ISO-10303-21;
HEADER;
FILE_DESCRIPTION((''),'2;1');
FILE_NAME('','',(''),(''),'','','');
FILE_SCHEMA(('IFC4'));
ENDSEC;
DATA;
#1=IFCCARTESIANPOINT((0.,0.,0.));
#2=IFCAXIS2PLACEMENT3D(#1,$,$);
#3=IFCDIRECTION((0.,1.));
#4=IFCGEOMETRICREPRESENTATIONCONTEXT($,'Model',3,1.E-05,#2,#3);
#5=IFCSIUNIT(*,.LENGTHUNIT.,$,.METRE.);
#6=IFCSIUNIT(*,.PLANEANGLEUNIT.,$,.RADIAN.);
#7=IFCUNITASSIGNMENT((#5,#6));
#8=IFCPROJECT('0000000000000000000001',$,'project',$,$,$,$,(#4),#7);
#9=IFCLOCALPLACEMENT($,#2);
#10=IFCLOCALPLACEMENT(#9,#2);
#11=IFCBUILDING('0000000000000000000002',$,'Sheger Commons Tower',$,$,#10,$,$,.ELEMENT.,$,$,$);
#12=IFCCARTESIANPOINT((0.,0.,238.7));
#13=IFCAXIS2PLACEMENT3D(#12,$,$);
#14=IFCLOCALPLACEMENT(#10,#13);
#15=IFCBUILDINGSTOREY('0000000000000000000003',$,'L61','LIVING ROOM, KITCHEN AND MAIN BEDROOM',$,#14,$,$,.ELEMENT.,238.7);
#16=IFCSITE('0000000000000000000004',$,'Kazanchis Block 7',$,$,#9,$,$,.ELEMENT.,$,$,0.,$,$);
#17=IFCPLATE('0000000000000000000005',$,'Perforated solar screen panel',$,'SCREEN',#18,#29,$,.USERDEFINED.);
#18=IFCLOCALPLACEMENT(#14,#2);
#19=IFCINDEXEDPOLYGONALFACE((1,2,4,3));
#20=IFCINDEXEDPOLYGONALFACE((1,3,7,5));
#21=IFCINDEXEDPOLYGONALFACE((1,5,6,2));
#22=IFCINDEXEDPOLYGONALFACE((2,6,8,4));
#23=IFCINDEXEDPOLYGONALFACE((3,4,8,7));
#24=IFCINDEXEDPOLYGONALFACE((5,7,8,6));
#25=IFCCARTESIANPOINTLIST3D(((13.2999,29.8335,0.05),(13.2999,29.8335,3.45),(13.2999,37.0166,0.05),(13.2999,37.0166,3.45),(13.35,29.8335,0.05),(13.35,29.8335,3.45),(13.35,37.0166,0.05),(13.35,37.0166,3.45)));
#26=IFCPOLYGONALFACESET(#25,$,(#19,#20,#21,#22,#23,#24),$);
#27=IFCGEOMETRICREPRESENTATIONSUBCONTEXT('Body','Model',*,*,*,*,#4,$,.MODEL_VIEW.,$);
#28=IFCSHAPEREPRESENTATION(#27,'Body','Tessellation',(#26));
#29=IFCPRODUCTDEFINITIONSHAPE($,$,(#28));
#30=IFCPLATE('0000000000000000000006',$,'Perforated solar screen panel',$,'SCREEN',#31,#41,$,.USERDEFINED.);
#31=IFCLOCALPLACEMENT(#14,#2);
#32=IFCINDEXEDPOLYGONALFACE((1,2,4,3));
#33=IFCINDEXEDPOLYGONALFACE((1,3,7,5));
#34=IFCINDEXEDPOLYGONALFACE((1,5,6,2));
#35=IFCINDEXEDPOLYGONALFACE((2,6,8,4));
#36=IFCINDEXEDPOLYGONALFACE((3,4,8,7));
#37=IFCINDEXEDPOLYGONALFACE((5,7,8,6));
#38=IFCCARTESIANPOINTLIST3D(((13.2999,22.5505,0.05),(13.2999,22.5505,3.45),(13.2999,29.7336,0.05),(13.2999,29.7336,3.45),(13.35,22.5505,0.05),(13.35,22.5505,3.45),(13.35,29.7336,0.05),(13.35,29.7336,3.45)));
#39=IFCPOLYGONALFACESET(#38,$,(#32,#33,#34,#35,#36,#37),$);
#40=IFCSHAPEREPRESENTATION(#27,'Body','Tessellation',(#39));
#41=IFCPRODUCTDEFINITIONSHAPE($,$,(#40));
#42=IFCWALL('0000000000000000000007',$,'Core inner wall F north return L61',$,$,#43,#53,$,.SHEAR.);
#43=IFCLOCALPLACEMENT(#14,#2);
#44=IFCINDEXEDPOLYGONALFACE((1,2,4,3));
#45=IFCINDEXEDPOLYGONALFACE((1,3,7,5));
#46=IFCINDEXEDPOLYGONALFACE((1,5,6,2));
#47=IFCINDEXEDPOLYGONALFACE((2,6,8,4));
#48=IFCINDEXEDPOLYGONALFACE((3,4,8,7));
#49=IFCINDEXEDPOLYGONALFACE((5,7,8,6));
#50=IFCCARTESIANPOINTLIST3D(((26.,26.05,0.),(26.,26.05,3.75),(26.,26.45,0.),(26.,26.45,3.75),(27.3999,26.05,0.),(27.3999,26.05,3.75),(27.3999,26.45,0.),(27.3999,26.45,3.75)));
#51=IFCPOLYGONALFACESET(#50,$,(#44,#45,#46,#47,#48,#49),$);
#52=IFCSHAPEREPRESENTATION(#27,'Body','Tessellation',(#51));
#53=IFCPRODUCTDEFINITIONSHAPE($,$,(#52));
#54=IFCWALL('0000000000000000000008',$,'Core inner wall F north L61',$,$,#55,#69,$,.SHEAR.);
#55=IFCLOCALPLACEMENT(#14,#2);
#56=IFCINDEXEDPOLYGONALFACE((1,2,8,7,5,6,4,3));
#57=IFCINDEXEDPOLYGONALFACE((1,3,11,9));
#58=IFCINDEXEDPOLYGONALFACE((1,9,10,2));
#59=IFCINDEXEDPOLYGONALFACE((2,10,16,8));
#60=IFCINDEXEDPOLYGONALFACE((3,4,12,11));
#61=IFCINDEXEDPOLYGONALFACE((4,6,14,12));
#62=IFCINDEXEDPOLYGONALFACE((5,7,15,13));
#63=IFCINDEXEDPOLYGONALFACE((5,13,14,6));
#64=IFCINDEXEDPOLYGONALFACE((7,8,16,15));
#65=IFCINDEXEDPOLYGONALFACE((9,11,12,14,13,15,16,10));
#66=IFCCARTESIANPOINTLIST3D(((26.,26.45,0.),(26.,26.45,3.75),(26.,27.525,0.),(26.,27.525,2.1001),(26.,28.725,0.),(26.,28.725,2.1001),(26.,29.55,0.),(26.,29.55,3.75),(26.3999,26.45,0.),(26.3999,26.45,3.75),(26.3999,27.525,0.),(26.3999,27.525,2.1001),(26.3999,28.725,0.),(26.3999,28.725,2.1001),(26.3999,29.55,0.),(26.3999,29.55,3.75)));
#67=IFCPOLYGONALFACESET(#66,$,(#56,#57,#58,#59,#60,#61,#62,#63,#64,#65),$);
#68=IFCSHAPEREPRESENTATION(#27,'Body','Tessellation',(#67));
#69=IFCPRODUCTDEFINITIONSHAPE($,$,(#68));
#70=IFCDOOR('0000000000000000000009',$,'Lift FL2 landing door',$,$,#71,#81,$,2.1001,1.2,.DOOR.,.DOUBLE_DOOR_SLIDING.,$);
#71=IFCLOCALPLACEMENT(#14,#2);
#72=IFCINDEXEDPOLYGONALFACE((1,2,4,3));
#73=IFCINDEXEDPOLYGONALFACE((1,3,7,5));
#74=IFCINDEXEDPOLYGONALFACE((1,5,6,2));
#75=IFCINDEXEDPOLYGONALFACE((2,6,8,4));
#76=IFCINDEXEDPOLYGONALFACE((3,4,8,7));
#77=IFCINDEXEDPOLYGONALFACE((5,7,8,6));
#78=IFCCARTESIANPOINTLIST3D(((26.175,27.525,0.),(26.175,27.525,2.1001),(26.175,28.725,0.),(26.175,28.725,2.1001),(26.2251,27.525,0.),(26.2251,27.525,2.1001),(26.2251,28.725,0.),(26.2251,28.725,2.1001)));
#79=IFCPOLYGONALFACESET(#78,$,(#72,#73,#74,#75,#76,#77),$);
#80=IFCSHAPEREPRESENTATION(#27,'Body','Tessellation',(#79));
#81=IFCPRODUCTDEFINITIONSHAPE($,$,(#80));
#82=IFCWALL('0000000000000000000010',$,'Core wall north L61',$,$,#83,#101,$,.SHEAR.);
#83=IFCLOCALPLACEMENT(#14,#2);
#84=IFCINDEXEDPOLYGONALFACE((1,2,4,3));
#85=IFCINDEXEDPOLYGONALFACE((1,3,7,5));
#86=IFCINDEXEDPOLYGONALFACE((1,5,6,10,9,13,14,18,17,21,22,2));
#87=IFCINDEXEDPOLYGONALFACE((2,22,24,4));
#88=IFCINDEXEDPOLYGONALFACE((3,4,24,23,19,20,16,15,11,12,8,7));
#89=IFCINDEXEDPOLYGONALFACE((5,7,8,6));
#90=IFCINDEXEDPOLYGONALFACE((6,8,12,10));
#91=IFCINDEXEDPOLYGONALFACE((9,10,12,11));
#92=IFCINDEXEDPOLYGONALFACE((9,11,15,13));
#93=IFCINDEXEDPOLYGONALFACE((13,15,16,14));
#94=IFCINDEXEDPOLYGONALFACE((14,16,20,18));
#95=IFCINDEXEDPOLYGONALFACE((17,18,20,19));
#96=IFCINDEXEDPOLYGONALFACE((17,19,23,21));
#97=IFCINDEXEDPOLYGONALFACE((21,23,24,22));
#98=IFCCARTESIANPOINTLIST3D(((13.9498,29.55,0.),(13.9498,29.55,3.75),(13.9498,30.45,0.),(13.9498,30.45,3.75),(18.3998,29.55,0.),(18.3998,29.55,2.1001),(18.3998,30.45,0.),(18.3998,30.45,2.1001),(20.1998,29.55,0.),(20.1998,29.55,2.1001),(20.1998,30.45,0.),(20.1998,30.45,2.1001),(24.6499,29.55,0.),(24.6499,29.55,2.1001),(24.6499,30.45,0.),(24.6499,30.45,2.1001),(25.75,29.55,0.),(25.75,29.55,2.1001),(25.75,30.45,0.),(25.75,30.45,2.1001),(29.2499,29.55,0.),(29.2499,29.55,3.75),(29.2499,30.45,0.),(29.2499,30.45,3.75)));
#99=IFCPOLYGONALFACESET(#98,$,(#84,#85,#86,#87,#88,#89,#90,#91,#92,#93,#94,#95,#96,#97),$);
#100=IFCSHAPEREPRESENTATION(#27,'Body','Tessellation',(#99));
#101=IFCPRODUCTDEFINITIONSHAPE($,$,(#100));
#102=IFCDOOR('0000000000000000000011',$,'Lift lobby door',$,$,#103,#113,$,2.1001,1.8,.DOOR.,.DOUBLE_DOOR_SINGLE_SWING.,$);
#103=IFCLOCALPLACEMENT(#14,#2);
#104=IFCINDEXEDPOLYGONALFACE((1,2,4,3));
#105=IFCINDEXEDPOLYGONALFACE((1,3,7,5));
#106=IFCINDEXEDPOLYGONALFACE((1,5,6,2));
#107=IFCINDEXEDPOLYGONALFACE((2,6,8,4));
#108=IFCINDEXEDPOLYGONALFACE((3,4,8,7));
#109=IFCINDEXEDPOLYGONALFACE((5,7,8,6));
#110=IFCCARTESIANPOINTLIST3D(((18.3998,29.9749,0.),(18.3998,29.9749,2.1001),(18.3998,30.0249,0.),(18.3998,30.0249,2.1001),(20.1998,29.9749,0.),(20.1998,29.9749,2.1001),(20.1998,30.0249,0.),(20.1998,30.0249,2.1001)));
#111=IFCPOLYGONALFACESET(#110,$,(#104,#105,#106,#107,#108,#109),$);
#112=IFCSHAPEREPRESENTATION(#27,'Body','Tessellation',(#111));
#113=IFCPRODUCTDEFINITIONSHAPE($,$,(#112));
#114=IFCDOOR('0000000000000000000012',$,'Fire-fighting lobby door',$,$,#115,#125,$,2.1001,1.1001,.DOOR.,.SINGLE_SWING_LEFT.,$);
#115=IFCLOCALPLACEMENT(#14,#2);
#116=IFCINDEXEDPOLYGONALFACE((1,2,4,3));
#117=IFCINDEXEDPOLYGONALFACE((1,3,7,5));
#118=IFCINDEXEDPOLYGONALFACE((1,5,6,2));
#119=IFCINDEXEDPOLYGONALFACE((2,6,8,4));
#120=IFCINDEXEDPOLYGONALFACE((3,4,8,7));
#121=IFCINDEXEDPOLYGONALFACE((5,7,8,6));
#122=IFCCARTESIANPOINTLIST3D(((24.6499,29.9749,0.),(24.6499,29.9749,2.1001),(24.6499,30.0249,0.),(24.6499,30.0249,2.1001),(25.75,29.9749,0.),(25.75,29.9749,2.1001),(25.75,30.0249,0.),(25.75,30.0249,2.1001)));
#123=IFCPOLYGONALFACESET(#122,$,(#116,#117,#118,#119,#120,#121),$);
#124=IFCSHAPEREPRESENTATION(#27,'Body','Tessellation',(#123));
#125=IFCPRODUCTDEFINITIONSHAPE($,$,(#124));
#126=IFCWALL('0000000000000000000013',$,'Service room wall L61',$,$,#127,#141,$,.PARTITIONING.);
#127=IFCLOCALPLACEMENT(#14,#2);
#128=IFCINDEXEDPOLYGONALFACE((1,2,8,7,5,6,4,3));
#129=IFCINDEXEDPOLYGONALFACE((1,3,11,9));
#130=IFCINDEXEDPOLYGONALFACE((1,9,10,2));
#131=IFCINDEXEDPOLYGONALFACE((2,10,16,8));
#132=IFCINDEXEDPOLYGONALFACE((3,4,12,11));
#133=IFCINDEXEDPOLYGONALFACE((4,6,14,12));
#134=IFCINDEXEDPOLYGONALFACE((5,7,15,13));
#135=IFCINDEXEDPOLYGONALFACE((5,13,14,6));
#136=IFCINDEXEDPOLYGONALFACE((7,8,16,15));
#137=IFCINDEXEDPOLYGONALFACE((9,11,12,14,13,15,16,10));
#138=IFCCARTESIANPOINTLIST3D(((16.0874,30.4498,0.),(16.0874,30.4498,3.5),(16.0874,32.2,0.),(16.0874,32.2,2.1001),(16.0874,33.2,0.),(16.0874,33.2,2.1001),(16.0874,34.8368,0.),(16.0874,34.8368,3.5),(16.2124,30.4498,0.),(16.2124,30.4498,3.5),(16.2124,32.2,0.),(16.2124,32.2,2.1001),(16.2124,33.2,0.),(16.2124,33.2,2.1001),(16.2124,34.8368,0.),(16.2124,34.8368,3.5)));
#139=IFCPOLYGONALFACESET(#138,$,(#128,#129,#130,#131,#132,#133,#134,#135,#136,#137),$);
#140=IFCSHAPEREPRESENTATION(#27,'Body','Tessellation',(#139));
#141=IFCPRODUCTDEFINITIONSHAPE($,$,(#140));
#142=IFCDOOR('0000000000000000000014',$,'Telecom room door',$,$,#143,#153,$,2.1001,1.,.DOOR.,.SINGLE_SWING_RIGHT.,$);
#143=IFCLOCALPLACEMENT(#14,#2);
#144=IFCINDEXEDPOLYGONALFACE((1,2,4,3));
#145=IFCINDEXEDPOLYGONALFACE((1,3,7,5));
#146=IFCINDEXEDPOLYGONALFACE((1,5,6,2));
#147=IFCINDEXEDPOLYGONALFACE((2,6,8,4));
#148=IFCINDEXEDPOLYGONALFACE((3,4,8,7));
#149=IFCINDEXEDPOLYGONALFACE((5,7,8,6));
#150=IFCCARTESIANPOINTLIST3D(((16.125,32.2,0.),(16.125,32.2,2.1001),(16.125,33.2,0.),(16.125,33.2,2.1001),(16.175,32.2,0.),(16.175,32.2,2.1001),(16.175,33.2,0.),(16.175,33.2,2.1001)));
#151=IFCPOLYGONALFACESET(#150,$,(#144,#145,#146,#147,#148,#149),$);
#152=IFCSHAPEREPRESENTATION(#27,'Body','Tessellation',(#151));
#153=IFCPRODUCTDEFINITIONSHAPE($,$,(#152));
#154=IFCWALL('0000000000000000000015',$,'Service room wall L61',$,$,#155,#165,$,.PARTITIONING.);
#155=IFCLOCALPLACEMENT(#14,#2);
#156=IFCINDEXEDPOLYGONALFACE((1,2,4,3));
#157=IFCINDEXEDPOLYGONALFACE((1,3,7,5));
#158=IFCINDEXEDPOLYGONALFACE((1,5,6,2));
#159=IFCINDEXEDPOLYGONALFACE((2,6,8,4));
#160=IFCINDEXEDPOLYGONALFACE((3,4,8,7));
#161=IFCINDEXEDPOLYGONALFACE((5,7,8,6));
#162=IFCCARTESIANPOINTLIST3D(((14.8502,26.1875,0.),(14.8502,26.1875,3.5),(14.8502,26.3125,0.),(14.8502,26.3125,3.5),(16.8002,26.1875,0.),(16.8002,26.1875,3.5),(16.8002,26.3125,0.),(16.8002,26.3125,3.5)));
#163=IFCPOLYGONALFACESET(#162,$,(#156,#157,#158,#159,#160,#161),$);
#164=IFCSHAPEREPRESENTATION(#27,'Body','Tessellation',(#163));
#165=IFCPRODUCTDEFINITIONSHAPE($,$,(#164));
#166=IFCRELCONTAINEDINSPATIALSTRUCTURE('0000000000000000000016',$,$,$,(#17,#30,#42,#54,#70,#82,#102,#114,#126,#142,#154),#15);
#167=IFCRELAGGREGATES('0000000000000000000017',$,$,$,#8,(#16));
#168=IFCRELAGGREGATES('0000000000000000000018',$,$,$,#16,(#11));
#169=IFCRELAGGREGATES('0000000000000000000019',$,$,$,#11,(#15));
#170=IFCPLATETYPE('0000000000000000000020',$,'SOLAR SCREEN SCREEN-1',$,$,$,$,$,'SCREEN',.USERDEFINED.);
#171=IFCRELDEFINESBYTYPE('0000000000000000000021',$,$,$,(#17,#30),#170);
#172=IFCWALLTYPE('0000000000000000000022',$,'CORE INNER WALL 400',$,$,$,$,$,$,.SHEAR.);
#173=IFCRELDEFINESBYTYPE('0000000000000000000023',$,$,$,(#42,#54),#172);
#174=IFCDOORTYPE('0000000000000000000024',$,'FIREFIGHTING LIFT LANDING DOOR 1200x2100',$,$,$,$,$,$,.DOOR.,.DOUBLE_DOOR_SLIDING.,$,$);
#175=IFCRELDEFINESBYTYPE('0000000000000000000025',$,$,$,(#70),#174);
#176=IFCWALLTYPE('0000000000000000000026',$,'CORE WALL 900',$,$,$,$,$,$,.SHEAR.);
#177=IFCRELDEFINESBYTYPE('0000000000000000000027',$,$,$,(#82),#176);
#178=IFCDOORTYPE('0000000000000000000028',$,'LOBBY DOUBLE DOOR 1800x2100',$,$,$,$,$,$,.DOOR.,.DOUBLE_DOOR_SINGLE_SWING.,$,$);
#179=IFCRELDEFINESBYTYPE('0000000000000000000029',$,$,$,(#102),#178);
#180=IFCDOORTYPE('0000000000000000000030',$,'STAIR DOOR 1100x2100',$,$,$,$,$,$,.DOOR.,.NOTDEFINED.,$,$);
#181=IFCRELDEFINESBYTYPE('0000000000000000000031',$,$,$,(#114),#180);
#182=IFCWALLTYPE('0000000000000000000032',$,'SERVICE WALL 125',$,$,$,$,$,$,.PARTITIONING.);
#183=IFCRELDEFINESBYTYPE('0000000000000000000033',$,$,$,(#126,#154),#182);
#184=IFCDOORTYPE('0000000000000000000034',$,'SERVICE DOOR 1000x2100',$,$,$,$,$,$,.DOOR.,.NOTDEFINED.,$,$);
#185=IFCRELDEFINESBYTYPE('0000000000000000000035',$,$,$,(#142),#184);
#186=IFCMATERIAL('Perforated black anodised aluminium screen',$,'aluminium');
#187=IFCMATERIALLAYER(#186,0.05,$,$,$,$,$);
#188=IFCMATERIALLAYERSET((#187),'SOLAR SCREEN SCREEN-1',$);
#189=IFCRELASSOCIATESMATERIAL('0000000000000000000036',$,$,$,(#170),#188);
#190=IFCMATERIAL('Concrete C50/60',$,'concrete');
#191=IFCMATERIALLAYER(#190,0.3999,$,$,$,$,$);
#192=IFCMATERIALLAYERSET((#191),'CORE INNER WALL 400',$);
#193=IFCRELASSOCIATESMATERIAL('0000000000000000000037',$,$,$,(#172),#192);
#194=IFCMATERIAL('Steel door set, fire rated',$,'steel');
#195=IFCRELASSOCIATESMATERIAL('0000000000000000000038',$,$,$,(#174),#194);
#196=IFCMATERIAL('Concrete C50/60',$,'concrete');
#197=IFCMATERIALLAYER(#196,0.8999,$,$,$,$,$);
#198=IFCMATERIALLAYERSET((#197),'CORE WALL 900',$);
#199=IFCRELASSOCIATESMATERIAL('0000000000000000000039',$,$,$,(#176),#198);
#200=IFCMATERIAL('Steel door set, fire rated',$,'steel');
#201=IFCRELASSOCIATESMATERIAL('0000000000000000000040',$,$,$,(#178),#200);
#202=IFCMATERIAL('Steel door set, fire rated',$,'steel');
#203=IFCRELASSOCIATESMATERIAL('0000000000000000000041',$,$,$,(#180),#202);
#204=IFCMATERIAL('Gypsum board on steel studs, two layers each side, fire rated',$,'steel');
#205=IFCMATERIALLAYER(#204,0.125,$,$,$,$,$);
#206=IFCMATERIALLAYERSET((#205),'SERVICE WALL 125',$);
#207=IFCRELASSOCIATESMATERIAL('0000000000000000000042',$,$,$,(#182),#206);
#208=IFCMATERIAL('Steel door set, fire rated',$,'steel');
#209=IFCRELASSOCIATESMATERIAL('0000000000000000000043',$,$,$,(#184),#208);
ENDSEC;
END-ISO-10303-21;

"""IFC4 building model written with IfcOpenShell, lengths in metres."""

from ifc_helpers import new_model, si_unit, direction, frame, frame_2d, origin, origin_2d, place, context, subcontext, project, spatial, rectangle, extrude, material, layer, layer_set, type_object, element, fill, save


model = new_model("IFC4")

# Units and contexts
model_context = context("Model", 3, precision=1e-05, world=origin(), true_north=direction((0.0, 1.0)))
body_context = subcontext(model_context, "Body", "Model", "MODEL_VIEW")
ifc_project = project(units=[si_unit("LENGTHUNIT", "METRE"), si_unit("PLANEANGLEUNIT", "RADIAN")], contexts=[model_context])

# Site, building, storey
site_placement = place(None, origin())
site = spatial("IfcSite", under=ifc_project, at=site_placement, Name="Kazanchis Block 7", CompositionType="ELEMENT", RefElevation=0.0)
building_placement = place(site_placement, origin())
building = spatial("IfcBuilding", under=site, at=building_placement, Name="Sheger Commons Tower", CompositionType="ELEMENT")
storey_placement = place(building_placement, frame((0.0, 0.0, 238.7)))
storey = spatial("IfcBuildingStorey", under=building, at=storey_placement, Name="L61", Description="LIVING ROOM, KITCHEN AND MAIN BEDROOM", CompositionType="ELEMENT", Elevation=238.7)

# Plates
ifc_material_1 = material(Name="Perforated black anodised aluminium screen", Category="aluminium")
ifc_layer_1 = layer(ifc_material_1, 0.05)
ifc_layer_set_1 = layer_set([ifc_layer_1], Name="SOLAR SCREEN SCREEN-1")
plate_type = type_object("IfcPlateType", Name="SOLAR SCREEN SCREEN-1", ElementType="SCREEN", PredefinedType="USERDEFINED", material=ifc_layer_set_1)
for number, where, z_axis, x_axis, name in (
    (1, (13.325, 33.425, 0.05), (0.0, 0.0, 1.0), (0.0, -1.0, 0.0), "Perforated solar screen panel"),
    (2, (13.325, 26.1421, 0.05), (0.0, 0.0, 1.0), (0.0, -1.0, 0.0), "Perforated solar screen panel"),
):
    element("IfcPlate", number, at=place(storey_placement, frame(where, z_axis=z_axis, x_axis=x_axis)), inside=storey, type_object=plate_type, Name=name, ObjectType="SCREEN", PredefinedType="USERDEFINED", context=body_context, shape_type="SweptSolid", body=[
        extrude(rectangle(XDim=7.1831, YDim=0.05, at=origin_2d()), origin(), (0.0, 0.0, 1.0), 3.3999),
    ])

# Wall
ifc_material_2 = material(Name="Concrete C50/60", Category="concrete")
ifc_layer_2 = layer(ifc_material_2, 0.3999)
ifc_layer_set_2 = layer_set([ifc_layer_2], Name="CORE INNER WALL 400")
wall_type_1 = type_object("IfcWallType", Name="CORE INNER WALL 400", PredefinedType="SHEAR", material=ifc_layer_set_2)
wall_1_placement = place(storey_placement, frame((26.0, 26.25, 0.0), z_axis=(0.0, 0.0, 1.0), x_axis=(1.0, 0.0, 0.0)))
element("IfcWall", 3, at=wall_1_placement, inside=storey, type_object=wall_type_1, Name="Core inner wall F north return L61", PredefinedType="SHEAR", context=body_context, shape_type="SweptSolid", body=[
    extrude(rectangle(XDim=1.3999, YDim=0.3999, at=frame_2d((0.7, 0.0))), origin(), (0.0, 0.0, 1.0), 3.75),
])

# Wall, opening, door
wall_2_placement = place(storey_placement, frame((26.2, 26.45, 0.0), z_axis=(0.0, 0.0, 1.0), x_axis=(0.0, 1.0, 0.0)))
wall_2 = element("IfcWall", 4, at=wall_2_placement, inside=storey, type_object=wall_type_1, Name="Core inner wall F north L61", PredefinedType="SHEAR", context=body_context, shape_type="SweptSolid", body=[
    extrude(rectangle(XDim=3.1001, YDim=0.3999, at=frame_2d((1.55, 0.0))), origin(), (0.0, 0.0, 1.0), 3.75),
])
opening_1_placement = place(wall_2_placement, frame((1.075, 0.0, 0.0)))
opening_1 = element("IfcOpeningElement", 5, at=opening_1_placement, cuts=wall_2, PredefinedType="OPENING", context=body_context, shape_type="SweptSolid", body=[
    extrude(rectangle(XDim=1.2, YDim=2.1001, at=frame_2d((0.6001, 1.05))), frame((0.0, 0.21, 0.0), z_axis=(0.0, -1.0, 0.0), x_axis=(1.0, 0.0, 0.0)), (0.0, 0.0, 1.0), 0.4199),
])
ifc_material_3 = material(Name="Steel door set, fire rated", Category="steel")
door_type_1 = type_object("IfcDoorType", Name="FIREFIGHTING LIFT LANDING DOOR 1200x2100", OperationType="DOUBLE_DOOR_SLIDING", PredefinedType="DOOR", material=ifc_material_3)
door_1_placement = place(opening_1_placement, origin())
door_1 = element("IfcDoor", 6, at=door_1_placement, inside=storey, type_object=door_type_1, Name="Lift FL2 landing door", OperationType="DOUBLE_DOOR_SLIDING", OverallHeight=2.1001, OverallWidth=1.2, PredefinedType="DOOR", context=body_context, shape_type="SweptSolid", body=[
    extrude(rectangle(XDim=1.2, YDim=2.1001, at=frame_2d((0.6001, 1.05))), frame((0.0, 0.0249, 0.0), z_axis=(0.0, -1.0, 0.0), x_axis=(1.0, 0.0, 0.0)), (0.0, 0.0, 1.0), 0.05),
])
fill(opening_1, door_1)

# Wall, openings, doors
ifc_material_4 = material(Name="Concrete C50/60", Category="concrete")
ifc_layer_3 = layer(ifc_material_4, 0.8999)
ifc_layer_set_3 = layer_set([ifc_layer_3], Name="CORE WALL 900")
wall_type_2 = type_object("IfcWallType", Name="CORE WALL 900", PredefinedType="SHEAR", material=ifc_layer_set_3)
wall_3_placement = place(storey_placement, frame((13.95, 30.0, 0.0), z_axis=(0.0, 0.0, 1.0), x_axis=(1.0, 0.0, 0.0)))
wall_3 = element("IfcWall", 7, at=wall_3_placement, inside=storey, type_object=wall_type_2, Name="Core wall north L61", PredefinedType="SHEAR", context=body_context, shape_type="SweptSolid", body=[
    extrude(rectangle(XDim=15.3, YDim=0.8999, at=frame_2d((7.6499, 0.0))), origin(), (0.0, 0.0, 1.0), 3.75),
])
opening_2_placement = place(wall_3_placement, frame((4.45, 0.0, 0.0)))
opening_2 = element("IfcOpeningElement", 8, at=opening_2_placement, cuts=wall_3, PredefinedType="OPENING", context=body_context, shape_type="SweptSolid", body=[
    extrude(rectangle(XDim=1.8, YDim=2.1001, at=frame_2d((0.8999, 1.05))), frame((0.0, 0.46, 0.0), z_axis=(0.0, -1.0, 0.0), x_axis=(1.0, 0.0, 0.0)), (0.0, 0.0, 1.0), 0.9199),
])
opening_3_placement = place(wall_3_placement, frame((10.7, 0.0, 0.0)))
opening_3 = element("IfcOpeningElement", 9, at=opening_3_placement, cuts=wall_3, PredefinedType="OPENING", context=body_context, shape_type="SweptSolid", body=[
    extrude(rectangle(XDim=1.1001, YDim=2.1001, at=frame_2d((0.55, 1.05))), frame((0.0, 0.46, 0.0), z_axis=(0.0, -1.0, 0.0), x_axis=(1.0, 0.0, 0.0)), (0.0, 0.0, 1.0), 0.9199),
])
ifc_material_5 = material(Name="Steel door set, fire rated", Category="steel")
door_type_2 = type_object("IfcDoorType", Name="LOBBY DOUBLE DOOR 1800x2100", OperationType="DOUBLE_DOOR_SINGLE_SWING", PredefinedType="DOOR", material=ifc_material_5)
door_2_placement = place(opening_2_placement, origin())
door_2 = element("IfcDoor", 10, at=door_2_placement, inside=storey, type_object=door_type_2, Name="Lift lobby door", OperationType="DOUBLE_DOOR_SINGLE_SWING", OverallHeight=2.1001, OverallWidth=1.8, PredefinedType="DOOR", context=body_context, shape_type="SweptSolid", body=[
    extrude(rectangle(XDim=1.8, YDim=2.1001, at=frame_2d((0.8999, 1.05))), frame((0.0, 0.0249, 0.0), z_axis=(0.0, -1.0, 0.0), x_axis=(1.0, 0.0, 0.0)), (0.0, 0.0, 1.0), 0.05),
])
fill(opening_2, door_2)
ifc_material_6 = material(Name="Steel door set, fire rated", Category="steel")
door_type_3 = type_object("IfcDoorType", Name="STAIR DOOR 1100x2100", OperationType="NOTDEFINED", PredefinedType="DOOR", material=ifc_material_6)
door_3_placement = place(opening_3_placement, origin())
door_3 = element("IfcDoor", 11, at=door_3_placement, inside=storey, type_object=door_type_3, Name="Fire-fighting lobby door", OperationType="SINGLE_SWING_LEFT", OverallHeight=2.1001, OverallWidth=1.1001, PredefinedType="DOOR", context=body_context, shape_type="SweptSolid", body=[
    extrude(rectangle(XDim=1.1001, YDim=2.1001, at=frame_2d((0.55, 1.05))), frame((0.0, 0.0249, 0.0), z_axis=(0.0, -1.0, 0.0), x_axis=(1.0, 0.0, 0.0)), (0.0, 0.0, 1.0), 0.05),
])
fill(opening_3, door_3)

# Wall, opening, door
ifc_material_7 = material(Name="Gypsum board on steel studs, two layers each side, fire rated", Category="steel")
ifc_layer_4 = layer(ifc_material_7, 0.125)
ifc_layer_set_4 = layer_set([ifc_layer_4], Name="SERVICE WALL 125")
wall_type_3 = type_object("IfcWallType", Name="SERVICE WALL 125", PredefinedType="PARTITIONING", material=ifc_layer_set_4)
wall_4_placement = place(storey_placement, frame((16.1499, 30.45, 0.0), z_axis=(0.0, 0.0, 1.0), x_axis=(0.0, 1.0, 0.0)))
wall_4 = element("IfcWall", 12, at=wall_4_placement, inside=storey, type_object=wall_type_3, Name="Service room wall L61", PredefinedType="PARTITIONING", context=body_context, shape_type="SweptSolid", body=[
    extrude(rectangle(XDim=4.387, YDim=0.125, at=frame_2d((2.1934, 0.0))), origin(), (0.0, 0.0, 1.0), 3.5),
])
opening_4_placement = place(wall_4_placement, frame((1.75, 0.0, 0.0)))
opening_4 = element("IfcOpeningElement", 13, at=opening_4_placement, cuts=wall_4, PredefinedType="OPENING", context=body_context, shape_type="SweptSolid", body=[
    extrude(rectangle(XDim=1.0, YDim=2.1001, at=frame_2d((0.5, 1.05))), frame((0.0, 0.0725, 0.0), z_axis=(0.0, -1.0, 0.0), x_axis=(1.0, 0.0, 0.0)), (0.0, 0.0, 1.0), 0.145),
])
ifc_material_8 = material(Name="Steel door set, fire rated", Category="steel")
door_type_4 = type_object("IfcDoorType", Name="SERVICE DOOR 1000x2100", OperationType="NOTDEFINED", PredefinedType="DOOR", material=ifc_material_8)
door_4_placement = place(opening_4_placement, origin())
door_4 = element("IfcDoor", 14, at=door_4_placement, inside=storey, type_object=door_type_4, Name="Telecom room door", OperationType="SINGLE_SWING_RIGHT", OverallHeight=2.1001, OverallWidth=1.0, PredefinedType="DOOR", context=body_context, shape_type="SweptSolid", body=[
    extrude(rectangle(XDim=1.0, YDim=2.1001, at=frame_2d((0.5, 1.05))), frame((0.0, 0.0249, 0.0), z_axis=(0.0, -1.0, 0.0), x_axis=(1.0, 0.0, 0.0)), (0.0, 0.0, 1.0), 0.05),
])
fill(opening_4, door_4)

# Wall
wall_5_placement = place(storey_placement, frame((14.8501, 26.25, 0.0), z_axis=(0.0, 0.0, 1.0), x_axis=(1.0, 0.0, 0.0)))
element("IfcWall", 15, at=wall_5_placement, inside=storey, type_object=wall_type_3, Name="Service room wall L61", PredefinedType="PARTITIONING", context=body_context, shape_type="SweptSolid", body=[
    extrude(rectangle(XDim=1.95, YDim=0.125, at=frame_2d((0.9751, 0.0))), origin(), (0.0, 0.0, 1.0), 3.5),
])

save(model, "model.ifc")
